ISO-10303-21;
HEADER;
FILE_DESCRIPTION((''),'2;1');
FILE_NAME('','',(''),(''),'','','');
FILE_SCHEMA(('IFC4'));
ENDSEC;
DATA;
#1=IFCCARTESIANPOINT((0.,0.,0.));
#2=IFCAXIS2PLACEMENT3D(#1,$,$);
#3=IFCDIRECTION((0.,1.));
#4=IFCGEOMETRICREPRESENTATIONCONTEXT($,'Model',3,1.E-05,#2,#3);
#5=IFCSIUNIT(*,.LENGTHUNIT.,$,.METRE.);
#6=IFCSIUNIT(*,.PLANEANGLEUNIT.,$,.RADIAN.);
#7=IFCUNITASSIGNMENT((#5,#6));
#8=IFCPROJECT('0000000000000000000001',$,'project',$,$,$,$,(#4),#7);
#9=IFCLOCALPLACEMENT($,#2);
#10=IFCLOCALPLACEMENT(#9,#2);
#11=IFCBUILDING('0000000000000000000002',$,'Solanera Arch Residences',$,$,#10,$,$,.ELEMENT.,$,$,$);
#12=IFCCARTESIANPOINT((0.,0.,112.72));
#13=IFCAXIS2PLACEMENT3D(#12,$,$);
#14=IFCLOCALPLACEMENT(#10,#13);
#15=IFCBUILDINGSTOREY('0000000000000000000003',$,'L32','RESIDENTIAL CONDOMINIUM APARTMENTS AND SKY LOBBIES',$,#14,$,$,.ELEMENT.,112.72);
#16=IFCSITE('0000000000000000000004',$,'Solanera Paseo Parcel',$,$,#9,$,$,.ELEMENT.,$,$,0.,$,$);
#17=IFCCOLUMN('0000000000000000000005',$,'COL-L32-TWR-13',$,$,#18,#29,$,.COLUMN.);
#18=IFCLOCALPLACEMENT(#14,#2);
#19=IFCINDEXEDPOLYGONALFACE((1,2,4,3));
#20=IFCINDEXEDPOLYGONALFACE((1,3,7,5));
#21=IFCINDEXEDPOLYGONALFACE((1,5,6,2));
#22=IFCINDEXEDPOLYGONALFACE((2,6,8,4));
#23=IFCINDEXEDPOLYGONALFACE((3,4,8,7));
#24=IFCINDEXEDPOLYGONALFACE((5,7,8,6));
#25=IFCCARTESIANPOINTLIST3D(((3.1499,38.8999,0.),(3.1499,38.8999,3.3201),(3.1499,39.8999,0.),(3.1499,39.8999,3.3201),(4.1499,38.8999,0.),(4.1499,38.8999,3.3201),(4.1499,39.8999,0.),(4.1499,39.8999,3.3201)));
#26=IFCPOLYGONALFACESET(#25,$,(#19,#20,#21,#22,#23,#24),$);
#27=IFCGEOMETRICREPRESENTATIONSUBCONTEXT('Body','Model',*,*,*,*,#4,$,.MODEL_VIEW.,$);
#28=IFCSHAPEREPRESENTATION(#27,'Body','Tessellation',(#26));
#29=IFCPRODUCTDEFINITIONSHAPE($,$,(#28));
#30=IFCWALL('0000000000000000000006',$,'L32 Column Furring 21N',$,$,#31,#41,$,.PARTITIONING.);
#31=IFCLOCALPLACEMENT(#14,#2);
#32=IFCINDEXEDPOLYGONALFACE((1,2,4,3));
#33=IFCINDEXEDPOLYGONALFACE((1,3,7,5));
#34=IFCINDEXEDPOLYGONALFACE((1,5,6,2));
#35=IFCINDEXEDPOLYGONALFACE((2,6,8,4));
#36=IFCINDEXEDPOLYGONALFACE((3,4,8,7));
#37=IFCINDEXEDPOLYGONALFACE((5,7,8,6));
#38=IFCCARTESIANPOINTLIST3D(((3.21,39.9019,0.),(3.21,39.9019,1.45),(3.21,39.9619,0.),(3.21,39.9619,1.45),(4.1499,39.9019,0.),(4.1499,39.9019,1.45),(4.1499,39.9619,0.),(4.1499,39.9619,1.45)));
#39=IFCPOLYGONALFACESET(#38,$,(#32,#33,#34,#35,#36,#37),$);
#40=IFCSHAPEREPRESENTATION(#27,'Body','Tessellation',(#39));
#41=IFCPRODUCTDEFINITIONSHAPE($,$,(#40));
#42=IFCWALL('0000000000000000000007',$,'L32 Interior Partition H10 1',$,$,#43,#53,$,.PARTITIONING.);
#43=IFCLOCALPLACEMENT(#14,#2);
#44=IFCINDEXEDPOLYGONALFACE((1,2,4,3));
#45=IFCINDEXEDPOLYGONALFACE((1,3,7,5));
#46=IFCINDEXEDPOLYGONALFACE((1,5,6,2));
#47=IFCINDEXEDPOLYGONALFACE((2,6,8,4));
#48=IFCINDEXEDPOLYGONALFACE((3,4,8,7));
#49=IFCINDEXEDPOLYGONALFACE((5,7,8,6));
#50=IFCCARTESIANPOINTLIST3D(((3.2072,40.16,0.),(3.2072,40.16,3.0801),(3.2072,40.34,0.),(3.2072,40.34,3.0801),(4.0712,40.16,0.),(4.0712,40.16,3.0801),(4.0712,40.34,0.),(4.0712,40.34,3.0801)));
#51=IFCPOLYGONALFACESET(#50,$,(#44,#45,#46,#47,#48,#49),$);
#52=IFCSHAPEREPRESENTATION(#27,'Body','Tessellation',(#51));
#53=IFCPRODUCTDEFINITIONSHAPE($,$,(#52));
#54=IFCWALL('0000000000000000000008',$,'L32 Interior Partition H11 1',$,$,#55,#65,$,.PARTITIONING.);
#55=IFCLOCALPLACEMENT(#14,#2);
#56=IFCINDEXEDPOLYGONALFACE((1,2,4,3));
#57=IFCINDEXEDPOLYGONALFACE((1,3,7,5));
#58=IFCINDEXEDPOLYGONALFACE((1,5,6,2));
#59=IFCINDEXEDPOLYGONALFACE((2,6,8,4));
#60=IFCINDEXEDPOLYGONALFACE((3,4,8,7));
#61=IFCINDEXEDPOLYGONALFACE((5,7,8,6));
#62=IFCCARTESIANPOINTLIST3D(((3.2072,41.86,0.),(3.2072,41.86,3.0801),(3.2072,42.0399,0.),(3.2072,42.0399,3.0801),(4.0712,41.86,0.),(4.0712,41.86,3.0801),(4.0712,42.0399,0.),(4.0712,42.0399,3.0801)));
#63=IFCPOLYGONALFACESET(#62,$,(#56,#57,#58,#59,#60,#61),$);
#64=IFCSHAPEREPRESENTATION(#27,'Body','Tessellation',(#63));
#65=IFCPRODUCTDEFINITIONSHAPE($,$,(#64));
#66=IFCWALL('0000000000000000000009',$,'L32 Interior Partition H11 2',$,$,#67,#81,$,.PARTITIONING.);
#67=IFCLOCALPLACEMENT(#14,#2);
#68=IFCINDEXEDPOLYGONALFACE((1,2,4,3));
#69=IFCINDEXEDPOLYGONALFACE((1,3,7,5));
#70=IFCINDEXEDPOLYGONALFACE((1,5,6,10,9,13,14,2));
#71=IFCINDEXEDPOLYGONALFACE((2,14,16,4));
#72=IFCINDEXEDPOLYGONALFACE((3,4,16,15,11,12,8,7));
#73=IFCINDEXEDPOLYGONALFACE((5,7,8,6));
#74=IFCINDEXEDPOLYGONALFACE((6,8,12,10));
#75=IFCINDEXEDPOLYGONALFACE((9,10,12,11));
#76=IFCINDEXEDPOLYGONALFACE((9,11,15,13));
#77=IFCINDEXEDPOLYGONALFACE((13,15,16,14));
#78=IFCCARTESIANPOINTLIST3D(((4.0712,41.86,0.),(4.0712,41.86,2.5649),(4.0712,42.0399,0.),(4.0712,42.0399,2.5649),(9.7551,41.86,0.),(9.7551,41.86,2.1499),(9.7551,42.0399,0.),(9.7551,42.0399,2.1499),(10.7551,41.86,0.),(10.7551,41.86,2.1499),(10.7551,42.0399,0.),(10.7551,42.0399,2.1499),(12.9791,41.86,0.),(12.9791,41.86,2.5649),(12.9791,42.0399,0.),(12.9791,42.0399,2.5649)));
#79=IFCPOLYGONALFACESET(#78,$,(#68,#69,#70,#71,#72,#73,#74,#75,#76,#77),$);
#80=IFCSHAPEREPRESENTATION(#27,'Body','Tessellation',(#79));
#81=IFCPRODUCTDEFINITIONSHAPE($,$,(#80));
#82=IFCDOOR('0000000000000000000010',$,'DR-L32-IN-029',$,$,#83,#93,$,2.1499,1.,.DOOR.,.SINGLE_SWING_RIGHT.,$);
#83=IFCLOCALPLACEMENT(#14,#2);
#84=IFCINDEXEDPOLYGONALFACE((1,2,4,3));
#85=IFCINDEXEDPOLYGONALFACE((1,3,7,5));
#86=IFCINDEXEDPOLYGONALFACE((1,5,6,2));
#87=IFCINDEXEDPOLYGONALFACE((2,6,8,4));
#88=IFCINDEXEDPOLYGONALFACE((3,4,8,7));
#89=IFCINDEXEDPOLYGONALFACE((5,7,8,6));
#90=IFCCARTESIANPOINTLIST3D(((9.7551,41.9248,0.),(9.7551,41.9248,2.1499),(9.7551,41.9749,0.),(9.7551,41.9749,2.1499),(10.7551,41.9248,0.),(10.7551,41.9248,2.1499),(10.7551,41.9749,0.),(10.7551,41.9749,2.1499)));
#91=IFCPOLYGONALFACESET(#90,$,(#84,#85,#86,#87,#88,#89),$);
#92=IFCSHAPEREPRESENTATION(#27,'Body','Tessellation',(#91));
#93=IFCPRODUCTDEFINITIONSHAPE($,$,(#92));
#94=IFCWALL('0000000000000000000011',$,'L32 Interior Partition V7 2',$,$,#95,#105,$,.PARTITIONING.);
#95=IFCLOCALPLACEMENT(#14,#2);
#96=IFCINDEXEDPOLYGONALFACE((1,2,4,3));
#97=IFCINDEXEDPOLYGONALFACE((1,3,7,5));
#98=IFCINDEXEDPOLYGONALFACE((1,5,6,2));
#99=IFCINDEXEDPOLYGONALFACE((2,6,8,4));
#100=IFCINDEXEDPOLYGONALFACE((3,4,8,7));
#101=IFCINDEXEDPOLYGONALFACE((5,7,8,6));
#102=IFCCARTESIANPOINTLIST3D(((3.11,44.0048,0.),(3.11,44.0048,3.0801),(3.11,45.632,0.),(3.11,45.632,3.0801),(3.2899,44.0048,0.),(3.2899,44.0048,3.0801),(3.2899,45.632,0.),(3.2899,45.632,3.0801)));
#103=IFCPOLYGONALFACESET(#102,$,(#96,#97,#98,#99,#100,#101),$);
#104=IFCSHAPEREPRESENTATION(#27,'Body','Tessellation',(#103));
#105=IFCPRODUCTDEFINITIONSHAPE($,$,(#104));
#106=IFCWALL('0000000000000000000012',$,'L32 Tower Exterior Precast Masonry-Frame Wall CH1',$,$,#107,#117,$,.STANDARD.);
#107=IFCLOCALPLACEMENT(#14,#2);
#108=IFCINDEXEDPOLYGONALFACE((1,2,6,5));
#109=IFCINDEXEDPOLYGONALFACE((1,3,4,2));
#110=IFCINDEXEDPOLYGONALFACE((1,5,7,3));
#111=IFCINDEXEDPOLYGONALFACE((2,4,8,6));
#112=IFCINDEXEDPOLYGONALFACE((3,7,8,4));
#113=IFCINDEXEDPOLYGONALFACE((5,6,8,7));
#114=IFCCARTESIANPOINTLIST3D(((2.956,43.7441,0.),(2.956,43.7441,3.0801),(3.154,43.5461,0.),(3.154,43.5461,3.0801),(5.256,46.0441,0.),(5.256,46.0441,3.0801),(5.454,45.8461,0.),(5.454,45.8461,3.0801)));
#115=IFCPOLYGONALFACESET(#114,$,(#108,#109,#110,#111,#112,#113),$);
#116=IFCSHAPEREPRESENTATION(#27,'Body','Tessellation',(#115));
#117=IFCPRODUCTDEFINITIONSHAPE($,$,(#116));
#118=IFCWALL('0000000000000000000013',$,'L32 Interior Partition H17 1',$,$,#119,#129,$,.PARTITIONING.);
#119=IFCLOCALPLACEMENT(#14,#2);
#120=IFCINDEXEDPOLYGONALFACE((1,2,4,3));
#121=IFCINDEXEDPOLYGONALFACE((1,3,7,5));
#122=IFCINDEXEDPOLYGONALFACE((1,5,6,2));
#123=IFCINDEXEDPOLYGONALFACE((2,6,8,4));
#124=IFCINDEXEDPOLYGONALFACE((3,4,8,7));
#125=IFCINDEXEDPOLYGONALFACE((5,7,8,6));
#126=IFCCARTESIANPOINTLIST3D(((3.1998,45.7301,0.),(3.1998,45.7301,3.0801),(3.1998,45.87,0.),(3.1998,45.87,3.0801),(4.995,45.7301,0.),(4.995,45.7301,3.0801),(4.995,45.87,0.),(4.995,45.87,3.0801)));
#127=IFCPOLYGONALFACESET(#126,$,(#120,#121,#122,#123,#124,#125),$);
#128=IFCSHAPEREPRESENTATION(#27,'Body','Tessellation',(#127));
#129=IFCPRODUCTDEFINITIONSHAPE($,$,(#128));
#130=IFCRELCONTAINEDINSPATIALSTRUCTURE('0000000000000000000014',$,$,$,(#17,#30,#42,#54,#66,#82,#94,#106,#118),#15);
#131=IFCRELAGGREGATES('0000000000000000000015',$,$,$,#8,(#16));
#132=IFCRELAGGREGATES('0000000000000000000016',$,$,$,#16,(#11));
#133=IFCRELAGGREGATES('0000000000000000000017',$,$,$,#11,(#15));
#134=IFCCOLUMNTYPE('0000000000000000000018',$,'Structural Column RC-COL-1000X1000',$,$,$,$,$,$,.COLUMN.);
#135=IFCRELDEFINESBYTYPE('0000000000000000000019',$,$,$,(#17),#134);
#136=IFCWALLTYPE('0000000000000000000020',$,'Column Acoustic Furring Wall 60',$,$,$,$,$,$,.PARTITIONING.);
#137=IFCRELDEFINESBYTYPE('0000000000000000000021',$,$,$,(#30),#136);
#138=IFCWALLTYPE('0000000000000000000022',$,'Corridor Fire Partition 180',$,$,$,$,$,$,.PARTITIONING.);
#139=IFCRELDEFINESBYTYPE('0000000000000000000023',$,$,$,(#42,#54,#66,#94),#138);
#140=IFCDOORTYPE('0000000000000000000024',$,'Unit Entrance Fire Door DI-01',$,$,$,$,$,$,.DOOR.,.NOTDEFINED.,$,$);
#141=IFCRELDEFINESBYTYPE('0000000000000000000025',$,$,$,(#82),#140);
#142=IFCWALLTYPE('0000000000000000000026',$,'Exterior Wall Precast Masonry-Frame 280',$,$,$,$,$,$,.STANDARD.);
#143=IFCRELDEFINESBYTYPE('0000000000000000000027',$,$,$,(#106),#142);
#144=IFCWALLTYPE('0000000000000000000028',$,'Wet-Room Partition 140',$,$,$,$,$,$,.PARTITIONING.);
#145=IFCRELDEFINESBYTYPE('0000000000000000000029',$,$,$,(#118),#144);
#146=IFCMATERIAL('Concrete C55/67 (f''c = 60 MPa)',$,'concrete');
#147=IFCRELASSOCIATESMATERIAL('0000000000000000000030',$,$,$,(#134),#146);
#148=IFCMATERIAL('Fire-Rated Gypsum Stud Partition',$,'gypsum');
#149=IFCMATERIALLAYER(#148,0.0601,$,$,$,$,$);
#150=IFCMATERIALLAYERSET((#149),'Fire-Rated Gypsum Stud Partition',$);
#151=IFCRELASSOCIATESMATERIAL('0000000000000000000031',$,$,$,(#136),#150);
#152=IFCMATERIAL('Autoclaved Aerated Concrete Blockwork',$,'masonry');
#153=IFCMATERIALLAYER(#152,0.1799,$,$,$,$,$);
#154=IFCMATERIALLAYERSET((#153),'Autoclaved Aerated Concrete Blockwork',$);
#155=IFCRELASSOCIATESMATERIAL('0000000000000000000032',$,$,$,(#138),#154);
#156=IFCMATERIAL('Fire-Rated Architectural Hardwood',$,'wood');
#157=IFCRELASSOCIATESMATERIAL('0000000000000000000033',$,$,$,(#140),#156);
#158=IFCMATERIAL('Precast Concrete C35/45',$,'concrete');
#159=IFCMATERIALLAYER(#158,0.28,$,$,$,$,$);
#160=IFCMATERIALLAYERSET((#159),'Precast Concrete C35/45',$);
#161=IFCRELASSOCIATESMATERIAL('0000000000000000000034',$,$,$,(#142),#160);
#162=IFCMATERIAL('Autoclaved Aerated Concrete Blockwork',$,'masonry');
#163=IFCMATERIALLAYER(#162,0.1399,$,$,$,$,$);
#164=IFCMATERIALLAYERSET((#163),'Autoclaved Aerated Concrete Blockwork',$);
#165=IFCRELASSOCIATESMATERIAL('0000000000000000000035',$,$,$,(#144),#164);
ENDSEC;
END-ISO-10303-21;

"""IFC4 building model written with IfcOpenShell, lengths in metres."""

from ifc_helpers import new_model, si_unit, direction, frame, frame_2d, origin, origin_2d, place, context, subcontext, project, spatial, rectangle, extrude, material, layer, layer_set, material_profile, profile_set, type_object, element, fill, save


model = new_model("IFC4")

# Units and contexts
model_context = context("Model", 3, precision=1e-05, world=origin(), true_north=direction((0.0, 1.0)))
body_context = subcontext(model_context, "Body", "Model", "MODEL_VIEW")
ifc_project = project(units=[si_unit("LENGTHUNIT", "METRE"), si_unit("PLANEANGLEUNIT", "RADIAN")], contexts=[model_context])

# Site, building, storey
site_placement = place(None, origin())
site = spatial("IfcSite", under=ifc_project, at=site_placement, Name="Solanera Paseo Parcel", CompositionType="ELEMENT", RefElevation=0.0)
building_placement = place(site_placement, origin())
building = spatial("IfcBuilding", under=site, at=building_placement, Name="Solanera Arch Residences", CompositionType="ELEMENT")
storey_placement = place(building_placement, frame((0.0, 0.0, 112.72)))
storey = spatial("IfcBuildingStorey", under=building, at=storey_placement, Name="L32", Description="RESIDENTIAL CONDOMINIUM APARTMENTS AND SKY LOBBIES", CompositionType="ELEMENT", Elevation=112.72)

# Column
ifc_material_1 = material(Name="Concrete C55/67 (f'c = 60 MPa)", Category="concrete")
ifc_material_profile = material_profile(ifc_material_1, rectangle(XDim=1.0, YDim=1.0, at=origin_2d()))
ifc_profile_set = profile_set([ifc_material_profile], Name="Concrete C55/67 (f'c = 60 MPa)")
column_type = type_object("IfcColumnType", Name="Structural Column RC-COL-1000X1000", PredefinedType="COLUMN", material=ifc_profile_set)
column_placement = place(storey_placement, frame((3.6499, 39.3999, 0.0), z_axis=(0.0, 0.0, 1.0), x_axis=(1.0, 0.0, 0.0)))
element("IfcColumn", 1, at=column_placement, inside=storey, type_object=column_type, Name="COL-L32-TWR-13", PredefinedType="COLUMN", context=body_context, shape_type="SweptSolid", body=[
    extrude(rectangle(XDim=1.0, YDim=1.0, at=origin_2d()), origin(), (0.0, 0.0, 1.0), 3.3201),
])

# Walls
ifc_material_2 = material(Name="Fire-Rated Gypsum Stud Partition", Category="gypsum")
ifc_layer_1 = layer(ifc_material_2, 0.0601)
ifc_layer_set_1 = layer_set([ifc_layer_1], Name="Fire-Rated Gypsum Stud Partition")
wall_type_1 = type_object("IfcWallType", Name="Column Acoustic Furring Wall 60", PredefinedType="PARTITIONING", material=ifc_layer_set_1)
wall_1_placement = place(storey_placement, frame((3.21, 39.9319, 0.0), z_axis=(0.0, 0.0, 1.0), x_axis=(1.0, 0.0, 0.0)))
element("IfcWall", 2, at=wall_1_placement, inside=storey, type_object=wall_type_1, Name="L32 Column Furring 21N", PredefinedType="PARTITIONING", context=body_context, shape_type="SweptSolid", body=[
    extrude(rectangle(XDim=0.9399, YDim=0.0601, at=frame_2d((0.47, 0.0))), origin(), (0.0, 0.0, 1.0), 1.45),
])
ifc_material_3 = material(Name="Autoclaved Aerated Concrete Blockwork", Category="masonry")
ifc_layer_2 = layer(ifc_material_3, 0.1799)
ifc_layer_set_2 = layer_set([ifc_layer_2], Name="Autoclaved Aerated Concrete Blockwork")
wall_type_2 = type_object("IfcWallType", Name="Corridor Fire Partition 180", PredefinedType="PARTITIONING", material=ifc_layer_set_2)
wall_2_placement = place(storey_placement, frame((3.207, 40.25, 0.0), z_axis=(0.0, 0.0, 1.0), x_axis=(1.0, 0.0, 0.0)))
element("IfcWall", 3, at=wall_2_placement, inside=storey, type_object=wall_type_2, Name="L32 Interior Partition H10 1", PredefinedType="PARTITIONING", context=body_context, shape_type="SweptSolid", body=[
    extrude(rectangle(XDim=0.864, YDim=0.1799, at=frame_2d((0.4321, 0.0))), origin(), (0.0, 0.0, 1.0), 3.0801),
])

# Wall
wall_3_placement = place(storey_placement, frame((3.207, 41.95, 0.0), z_axis=(0.0, 0.0, 1.0), x_axis=(1.0, 0.0, 0.0)))
element("IfcWall", 4, at=wall_3_placement, inside=storey, type_object=wall_type_2, Name="L32 Interior Partition H11 1", PredefinedType="PARTITIONING", context=body_context, shape_type="SweptSolid", body=[
    extrude(rectangle(XDim=0.864, YDim=0.1799, at=frame_2d((0.4321, 0.0))), origin(), (0.0, 0.0, 1.0), 3.0801),
])

# Wall, opening, door
wall_4_placement = place(storey_placement, frame((4.071, 41.95, 0.0), z_axis=(0.0, 0.0, 1.0), x_axis=(1.0, 0.0, 0.0)))
wall_4 = element("IfcWall", 5, at=wall_4_placement, inside=storey, type_object=wall_type_2, Name="L32 Interior Partition H11 2", PredefinedType="PARTITIONING", context=body_context, shape_type="SweptSolid", body=[
    extrude(rectangle(XDim=8.908, YDim=0.1799, at=frame_2d((4.4541, 0.0))), origin(), (0.0, 0.0, 1.0), 2.5649),
])
opening_1_placement = place(wall_4_placement, frame((5.6841, 0.0, 0.0)))
opening_1 = element("IfcOpeningElement", 6, at=opening_1_placement, cuts=wall_4, PredefinedType="OPENING", context=body_context, shape_type="SweptSolid", body=[
    extrude(rectangle(XDim=1.0, YDim=2.1499, at=frame_2d((0.5, 1.075))), frame((0.0, 0.1001, 0.0), z_axis=(0.0, -1.0, 0.0), x_axis=(1.0, 0.0, 0.0)), (0.0, 0.0, 1.0), 0.1999),
])
ifc_material_4 = material(Name="Fire-Rated Architectural Hardwood", Category="wood")
door_type_1 = type_object("IfcDoorType", Name="Unit Entrance Fire Door DI-01", OperationType="NOTDEFINED", PredefinedType="DOOR", material=ifc_material_4)
door_1_placement = place(opening_1_placement, origin())
door_1 = element("IfcDoor", 7, at=door_1_placement, inside=storey, type_object=door_type_1, Name="DR-L32-IN-029", OperationType="SINGLE_SWING_RIGHT", OverallHeight=2.1499, OverallWidth=1.0, PredefinedType="DOOR", context=body_context, shape_type="SweptSolid", body=[
    extrude(rectangle(XDim=1.0, YDim=2.1499, at=frame_2d((0.5, 1.075))), frame((0.0, 0.0249, 0.0), z_axis=(0.0, -1.0, 0.0), x_axis=(1.0, 0.0, 0.0)), (0.0, 0.0, 1.0), 0.05),
])
fill(opening_1, door_1)

# Walls
wall_5_placement = place(storey_placement, frame((3.2, 44.0049, 0.0), z_axis=(0.0, 0.0, 1.0), x_axis=(0.0, 1.0, 0.0)))
element("IfcWall", 8, at=wall_5_placement, inside=storey, type_object=wall_type_2, Name="L32 Interior Partition V7 2", PredefinedType="PARTITIONING", context=body_context, shape_type="SweptSolid", body=[
    extrude(rectangle(XDim=1.6272, YDim=0.1799, at=frame_2d((0.8135, 0.0))), origin(), (0.0, 0.0, 1.0), 3.0801),
])
ifc_material_5 = material(Name="Precast Concrete C35/45", Category="concrete")
ifc_layer_3 = layer(ifc_material_5, 0.28)
ifc_layer_set_3 = layer_set([ifc_layer_3], Name="Precast Concrete C35/45")
wall_type_3 = type_object("IfcWallType", Name="Exterior Wall Precast Masonry-Frame 280", PredefinedType="STANDARD", material=ifc_layer_set_3)
wall_6_placement = place(storey_placement, frame((3.0549, 43.645, 0.0), z_axis=(0.0, 0.0, 1.0), x_axis=(0.707107, 0.707107, 0.0)))
element("IfcWall", 9, at=wall_6_placement, inside=storey, type_object=wall_type_3, Name="L32 Tower Exterior Precast Masonry-Frame Wall CH1", PredefinedType="STANDARD", context=body_context, shape_type="SweptSolid", body=[
    extrude(rectangle(XDim=3.2527, YDim=0.28, at=frame_2d((1.6265, 0.0))), origin(), (0.0, 0.0, 1.0), 3.0801),
])
ifc_material_6 = material(Name="Autoclaved Aerated Concrete Blockwork", Category="masonry")
ifc_layer_4 = layer(ifc_material_6, 0.1399)
ifc_layer_set_4 = layer_set([ifc_layer_4], Name="Autoclaved Aerated Concrete Blockwork")
wall_type_4 = type_object("IfcWallType", Name="Wet-Room Partition 140", PredefinedType="PARTITIONING", material=ifc_layer_set_4)
wall_7_placement = place(storey_placement, frame((3.2, 45.8, 0.0), z_axis=(0.0, 0.0, 1.0), x_axis=(1.0, 0.0, 0.0)))
element("IfcWall", 10, at=wall_7_placement, inside=storey, type_object=wall_type_4, Name="L32 Interior Partition H17 1", PredefinedType="PARTITIONING", context=body_context, shape_type="SweptSolid", body=[
    extrude(rectangle(XDim=1.7952, YDim=0.1399, at=frame_2d((0.8975, 0.0))), origin(), (0.0, 0.0, 1.0), 3.0801),
])

save(model, "model.ifc")
